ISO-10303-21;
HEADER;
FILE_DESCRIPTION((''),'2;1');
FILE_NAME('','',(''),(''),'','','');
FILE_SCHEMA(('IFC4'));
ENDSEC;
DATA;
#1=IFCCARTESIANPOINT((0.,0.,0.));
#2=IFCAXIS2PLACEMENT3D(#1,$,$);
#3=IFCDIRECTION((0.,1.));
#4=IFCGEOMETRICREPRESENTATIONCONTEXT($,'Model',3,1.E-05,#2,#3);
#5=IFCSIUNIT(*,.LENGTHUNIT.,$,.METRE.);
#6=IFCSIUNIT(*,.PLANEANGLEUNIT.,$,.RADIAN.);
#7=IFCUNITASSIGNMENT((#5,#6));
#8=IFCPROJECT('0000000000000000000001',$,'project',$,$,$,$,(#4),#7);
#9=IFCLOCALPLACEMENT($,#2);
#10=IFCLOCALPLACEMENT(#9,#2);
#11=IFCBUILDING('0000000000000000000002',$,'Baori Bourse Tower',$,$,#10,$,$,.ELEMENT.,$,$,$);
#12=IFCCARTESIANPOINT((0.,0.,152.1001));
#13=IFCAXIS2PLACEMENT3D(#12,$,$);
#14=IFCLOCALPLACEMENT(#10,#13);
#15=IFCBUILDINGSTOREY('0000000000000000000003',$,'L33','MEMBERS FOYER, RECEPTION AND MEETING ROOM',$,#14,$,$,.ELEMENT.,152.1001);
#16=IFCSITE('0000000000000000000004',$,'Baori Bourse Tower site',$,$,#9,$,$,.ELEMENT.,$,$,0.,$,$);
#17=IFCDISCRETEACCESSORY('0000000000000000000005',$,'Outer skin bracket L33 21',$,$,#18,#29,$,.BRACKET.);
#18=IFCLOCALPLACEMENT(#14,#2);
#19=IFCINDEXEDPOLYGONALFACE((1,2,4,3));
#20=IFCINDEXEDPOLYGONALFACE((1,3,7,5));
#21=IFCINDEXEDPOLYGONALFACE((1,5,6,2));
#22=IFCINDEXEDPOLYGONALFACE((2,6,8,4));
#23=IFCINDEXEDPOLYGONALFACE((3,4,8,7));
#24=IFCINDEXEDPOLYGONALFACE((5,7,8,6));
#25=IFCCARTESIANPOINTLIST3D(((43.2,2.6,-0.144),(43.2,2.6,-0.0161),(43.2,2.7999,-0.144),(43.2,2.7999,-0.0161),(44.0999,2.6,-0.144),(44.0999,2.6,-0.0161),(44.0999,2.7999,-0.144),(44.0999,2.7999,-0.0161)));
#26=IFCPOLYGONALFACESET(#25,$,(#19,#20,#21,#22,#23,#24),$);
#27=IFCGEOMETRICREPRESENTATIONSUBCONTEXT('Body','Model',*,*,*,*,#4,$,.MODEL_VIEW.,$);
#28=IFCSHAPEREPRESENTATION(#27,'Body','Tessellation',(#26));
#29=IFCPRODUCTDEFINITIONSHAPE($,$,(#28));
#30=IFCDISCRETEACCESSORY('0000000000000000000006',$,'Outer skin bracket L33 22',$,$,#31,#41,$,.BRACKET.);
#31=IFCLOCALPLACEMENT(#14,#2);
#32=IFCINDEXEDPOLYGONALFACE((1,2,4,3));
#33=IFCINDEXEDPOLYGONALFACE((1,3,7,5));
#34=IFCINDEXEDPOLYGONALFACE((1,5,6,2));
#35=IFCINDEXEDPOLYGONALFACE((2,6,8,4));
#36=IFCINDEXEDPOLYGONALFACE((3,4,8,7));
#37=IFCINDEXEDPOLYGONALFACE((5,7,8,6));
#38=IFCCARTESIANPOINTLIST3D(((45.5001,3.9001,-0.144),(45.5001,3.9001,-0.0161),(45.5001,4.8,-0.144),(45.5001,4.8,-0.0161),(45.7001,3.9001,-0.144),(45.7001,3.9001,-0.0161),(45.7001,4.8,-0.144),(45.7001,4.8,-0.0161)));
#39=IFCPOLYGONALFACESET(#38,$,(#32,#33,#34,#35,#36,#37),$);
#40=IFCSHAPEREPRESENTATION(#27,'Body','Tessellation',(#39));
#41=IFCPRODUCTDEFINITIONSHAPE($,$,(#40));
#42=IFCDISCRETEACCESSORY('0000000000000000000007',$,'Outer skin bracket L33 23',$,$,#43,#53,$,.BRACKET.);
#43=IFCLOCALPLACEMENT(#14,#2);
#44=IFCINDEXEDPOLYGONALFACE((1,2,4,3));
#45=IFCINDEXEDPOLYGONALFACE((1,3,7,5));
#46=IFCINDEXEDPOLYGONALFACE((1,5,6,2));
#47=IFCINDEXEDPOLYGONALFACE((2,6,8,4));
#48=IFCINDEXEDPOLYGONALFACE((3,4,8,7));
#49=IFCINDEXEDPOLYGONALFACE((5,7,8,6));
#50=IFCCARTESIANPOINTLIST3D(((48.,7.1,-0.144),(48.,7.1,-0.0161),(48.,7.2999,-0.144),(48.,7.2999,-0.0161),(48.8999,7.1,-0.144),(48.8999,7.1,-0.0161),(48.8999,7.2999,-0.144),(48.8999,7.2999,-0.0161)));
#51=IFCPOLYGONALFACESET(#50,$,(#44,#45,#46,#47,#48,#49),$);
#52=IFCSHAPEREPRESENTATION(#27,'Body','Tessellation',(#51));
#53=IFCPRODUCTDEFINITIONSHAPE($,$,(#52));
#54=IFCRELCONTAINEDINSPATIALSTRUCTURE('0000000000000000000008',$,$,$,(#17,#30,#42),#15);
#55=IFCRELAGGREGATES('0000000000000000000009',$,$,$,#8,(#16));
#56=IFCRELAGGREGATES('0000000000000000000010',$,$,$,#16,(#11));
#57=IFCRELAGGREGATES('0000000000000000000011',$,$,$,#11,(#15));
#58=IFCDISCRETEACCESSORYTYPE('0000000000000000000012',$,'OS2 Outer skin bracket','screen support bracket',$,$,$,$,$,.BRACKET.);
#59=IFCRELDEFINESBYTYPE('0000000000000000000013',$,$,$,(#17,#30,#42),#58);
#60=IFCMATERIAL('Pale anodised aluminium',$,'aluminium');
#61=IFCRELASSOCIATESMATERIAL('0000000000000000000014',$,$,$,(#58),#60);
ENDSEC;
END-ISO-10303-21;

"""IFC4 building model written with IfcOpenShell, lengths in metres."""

from ifc_helpers import new_model, si_unit, direction, frame, origin, origin_2d, place, context, subcontext, project, spatial, rectangle, extrude, material, type_object, element, save


model = new_model("IFC4")

# Units and contexts
model_context = context("Model", 3, precision=1e-05, world=origin(), true_north=direction((0.0, 1.0)))
body_context = subcontext(model_context, "Body", "Model", "MODEL_VIEW")
ifc_project = project(units=[si_unit("LENGTHUNIT", "METRE"), si_unit("PLANEANGLEUNIT", "RADIAN")], contexts=[model_context])

# Site, building, storey
site_placement = place(None, origin())
site = spatial("IfcSite", under=ifc_project, at=site_placement, Name="Baori Bourse Tower site", CompositionType="ELEMENT", RefElevation=0.0)
building_placement = place(site_placement, origin())
building = spatial("IfcBuilding", under=site, at=building_placement, Name="Baori Bourse Tower", CompositionType="ELEMENT")
storey_placement = place(building_placement, frame((0.0, 0.0, 152.1001)))
storey = spatial("IfcBuildingStorey", under=building, at=storey_placement, Name="L33", Description="MEMBERS FOYER, RECEPTION AND MEETING ROOM", CompositionType="ELEMENT", Elevation=152.1001)

# Discrete accessories
ifc_material_1 = material(Name="Pale anodised aluminium", Category="aluminium")
discrete_accessory_type = type_object("IfcDiscreteAccessoryType", Name="OS2 Outer skin bracket", Description="screen support bracket", PredefinedType="BRACKET", material=ifc_material_1)
for number, where, z_axis, x_axis, name in (
    (1, (43.6499, 2.7, -0.144), (0.0, 0.0, 1.0), (0.0, 1.0, 0.0), "Outer skin bracket L33 21"),
    (2, (45.6001, 4.3501, -0.144), (0.0, 0.0, 1.0), (1.0, 0.0, 0.0), "Outer skin bracket L33 22"),
    (3, (48.45, 7.2, -0.144), (0.0, 0.0, 1.0), (0.0, 1.0, 0.0), "Outer skin bracket L33 23"),
):
    element("IfcDiscreteAccessory", number, at=place(storey_placement, frame(where, z_axis=z_axis, x_axis=x_axis)), inside=storey, type_object=discrete_accessory_type, Name=name, PredefinedType="BRACKET", context=body_context, shape_type="SweptSolid", body=[
        extrude(rectangle(XDim=0.2, YDim=0.8999, at=origin_2d()), origin(), (0.0, 0.0, 1.0), 0.1279),
    ])

save(model, "model.ifc")
